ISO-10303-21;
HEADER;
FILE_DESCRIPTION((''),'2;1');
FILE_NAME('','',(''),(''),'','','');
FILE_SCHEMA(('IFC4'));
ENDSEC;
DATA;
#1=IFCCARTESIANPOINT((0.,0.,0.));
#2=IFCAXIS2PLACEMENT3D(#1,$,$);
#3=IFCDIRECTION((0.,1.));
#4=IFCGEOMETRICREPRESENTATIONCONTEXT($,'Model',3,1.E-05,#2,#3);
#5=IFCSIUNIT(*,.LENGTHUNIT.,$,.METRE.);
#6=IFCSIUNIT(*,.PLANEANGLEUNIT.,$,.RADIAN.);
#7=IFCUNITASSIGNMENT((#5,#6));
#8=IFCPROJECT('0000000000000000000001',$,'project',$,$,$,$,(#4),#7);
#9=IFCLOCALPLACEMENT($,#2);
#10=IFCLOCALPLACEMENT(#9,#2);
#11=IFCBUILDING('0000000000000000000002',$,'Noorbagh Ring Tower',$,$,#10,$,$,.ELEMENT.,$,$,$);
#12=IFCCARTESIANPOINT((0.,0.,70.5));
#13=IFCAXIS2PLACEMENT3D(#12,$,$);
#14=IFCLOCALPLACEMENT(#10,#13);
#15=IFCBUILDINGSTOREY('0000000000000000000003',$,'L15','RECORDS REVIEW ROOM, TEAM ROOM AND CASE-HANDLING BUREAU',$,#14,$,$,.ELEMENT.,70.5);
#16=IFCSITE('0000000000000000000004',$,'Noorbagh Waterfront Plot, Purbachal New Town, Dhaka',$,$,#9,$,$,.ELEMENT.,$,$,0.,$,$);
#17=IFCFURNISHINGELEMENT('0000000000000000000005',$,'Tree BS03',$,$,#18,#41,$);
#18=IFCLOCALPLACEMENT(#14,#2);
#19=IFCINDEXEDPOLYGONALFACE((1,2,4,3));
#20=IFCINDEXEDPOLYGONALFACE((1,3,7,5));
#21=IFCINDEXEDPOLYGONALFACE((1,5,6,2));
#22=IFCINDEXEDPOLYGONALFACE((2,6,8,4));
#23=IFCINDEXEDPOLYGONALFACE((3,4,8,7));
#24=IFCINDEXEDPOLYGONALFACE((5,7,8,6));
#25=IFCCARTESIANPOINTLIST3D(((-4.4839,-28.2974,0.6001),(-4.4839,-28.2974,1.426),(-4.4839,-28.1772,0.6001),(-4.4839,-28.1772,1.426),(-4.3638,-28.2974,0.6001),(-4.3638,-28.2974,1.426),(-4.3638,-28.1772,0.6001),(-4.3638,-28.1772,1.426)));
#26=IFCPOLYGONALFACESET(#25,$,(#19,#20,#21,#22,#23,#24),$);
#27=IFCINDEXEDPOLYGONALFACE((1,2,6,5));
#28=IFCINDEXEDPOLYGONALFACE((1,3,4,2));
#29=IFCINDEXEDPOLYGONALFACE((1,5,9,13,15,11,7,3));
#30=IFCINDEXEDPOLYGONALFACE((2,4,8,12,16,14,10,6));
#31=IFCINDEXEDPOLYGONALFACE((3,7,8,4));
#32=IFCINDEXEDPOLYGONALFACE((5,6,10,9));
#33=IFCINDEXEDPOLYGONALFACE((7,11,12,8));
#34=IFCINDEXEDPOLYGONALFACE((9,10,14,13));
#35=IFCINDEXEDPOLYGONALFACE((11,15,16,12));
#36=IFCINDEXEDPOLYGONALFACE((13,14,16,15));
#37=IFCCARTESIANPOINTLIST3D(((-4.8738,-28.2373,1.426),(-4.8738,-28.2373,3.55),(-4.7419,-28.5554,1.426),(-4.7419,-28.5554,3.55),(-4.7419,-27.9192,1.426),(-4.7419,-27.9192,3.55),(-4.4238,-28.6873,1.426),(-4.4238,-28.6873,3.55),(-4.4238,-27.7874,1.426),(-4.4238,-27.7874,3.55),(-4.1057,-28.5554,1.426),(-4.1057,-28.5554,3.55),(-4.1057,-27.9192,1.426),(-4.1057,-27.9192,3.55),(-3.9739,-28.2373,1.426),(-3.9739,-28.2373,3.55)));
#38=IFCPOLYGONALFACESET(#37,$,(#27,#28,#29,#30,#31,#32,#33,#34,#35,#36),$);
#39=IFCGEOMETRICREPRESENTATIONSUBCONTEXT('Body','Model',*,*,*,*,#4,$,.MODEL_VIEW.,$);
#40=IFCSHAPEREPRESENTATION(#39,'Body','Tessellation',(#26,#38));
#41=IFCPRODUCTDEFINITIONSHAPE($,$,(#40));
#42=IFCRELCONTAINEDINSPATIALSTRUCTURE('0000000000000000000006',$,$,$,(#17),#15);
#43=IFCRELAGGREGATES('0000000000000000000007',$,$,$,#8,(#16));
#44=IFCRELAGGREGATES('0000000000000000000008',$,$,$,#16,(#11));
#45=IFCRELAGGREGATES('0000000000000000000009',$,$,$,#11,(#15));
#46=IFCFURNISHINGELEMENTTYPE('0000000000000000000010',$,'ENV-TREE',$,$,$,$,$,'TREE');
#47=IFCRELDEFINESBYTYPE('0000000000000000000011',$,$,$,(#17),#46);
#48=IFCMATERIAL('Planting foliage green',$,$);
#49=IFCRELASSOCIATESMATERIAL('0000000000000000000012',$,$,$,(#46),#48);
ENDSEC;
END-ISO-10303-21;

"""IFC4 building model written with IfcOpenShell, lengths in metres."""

from ifc_helpers import new_model, si_unit, direction, frame, origin, origin_2d, place, context, subcontext, project, spatial, polyline, rectangle, outline, extrude, material, type_object, element, save


model = new_model("IFC4")

# Units and contexts
model_context = context("Model", 3, precision=1e-05, world=origin(), true_north=direction((0.0, 1.0)))
body_context = subcontext(model_context, "Body", "Model", "MODEL_VIEW")
ifc_project = project(units=[si_unit("LENGTHUNIT", "METRE"), si_unit("PLANEANGLEUNIT", "RADIAN")], contexts=[model_context])

# Site, building, storey
site_placement = place(None, origin())
site = spatial("IfcSite", under=ifc_project, at=site_placement, Name="Noorbagh Waterfront Plot, Purbachal New Town, Dhaka", CompositionType="ELEMENT", RefElevation=0.0)
building_placement = place(site_placement, origin())
building = spatial("IfcBuilding", under=site, at=building_placement, Name="Noorbagh Ring Tower", CompositionType="ELEMENT")
storey_placement = place(building_placement, frame((0.0, 0.0, 70.5)))
storey = spatial("IfcBuildingStorey", under=building, at=storey_placement, Name="L15", Description="RECORDS REVIEW ROOM, TEAM ROOM AND CASE-HANDLING BUREAU", CompositionType="ELEMENT", Elevation=70.5)

# Furnishing element
ifc_material_1 = material(Name="Planting foliage green")
furnishing_element_type = type_object("IfcFurnishingElementType", Name="ENV-TREE", ElementType="TREE", material=ifc_material_1)
furnishing_placement = place(storey_placement, frame((-4.4238, -28.2373, 0.6001), z_axis=(0.0, 0.0, 1.0), x_axis=(1.0, 0.0, 0.0)))
element("IfcFurnishingElement", 1, at=furnishing_placement, inside=storey, type_object=furnishing_element_type, Name="Tree BS03", context=body_context, shape_type="SweptSolid", body=[
    extrude(rectangle(XDim=0.1201, YDim=0.1201, at=origin_2d()), origin(), (0.0, 0.0, 1.0), 0.8259),
    extrude(outline(polyline([(0.45, 0.0), (0.3181, 0.3181), (0.0, 0.45), (-0.3181, 0.3181), (-0.45, 0.0), (-0.3181, -0.3181), (0.0, -0.45), (0.3181, -0.3181), (0.45, 0.0)])), frame((0.0, 0.0, 0.8259)), (0.0, 0.0, 1.0), 2.124),
])

save(model, "model.ifc")
